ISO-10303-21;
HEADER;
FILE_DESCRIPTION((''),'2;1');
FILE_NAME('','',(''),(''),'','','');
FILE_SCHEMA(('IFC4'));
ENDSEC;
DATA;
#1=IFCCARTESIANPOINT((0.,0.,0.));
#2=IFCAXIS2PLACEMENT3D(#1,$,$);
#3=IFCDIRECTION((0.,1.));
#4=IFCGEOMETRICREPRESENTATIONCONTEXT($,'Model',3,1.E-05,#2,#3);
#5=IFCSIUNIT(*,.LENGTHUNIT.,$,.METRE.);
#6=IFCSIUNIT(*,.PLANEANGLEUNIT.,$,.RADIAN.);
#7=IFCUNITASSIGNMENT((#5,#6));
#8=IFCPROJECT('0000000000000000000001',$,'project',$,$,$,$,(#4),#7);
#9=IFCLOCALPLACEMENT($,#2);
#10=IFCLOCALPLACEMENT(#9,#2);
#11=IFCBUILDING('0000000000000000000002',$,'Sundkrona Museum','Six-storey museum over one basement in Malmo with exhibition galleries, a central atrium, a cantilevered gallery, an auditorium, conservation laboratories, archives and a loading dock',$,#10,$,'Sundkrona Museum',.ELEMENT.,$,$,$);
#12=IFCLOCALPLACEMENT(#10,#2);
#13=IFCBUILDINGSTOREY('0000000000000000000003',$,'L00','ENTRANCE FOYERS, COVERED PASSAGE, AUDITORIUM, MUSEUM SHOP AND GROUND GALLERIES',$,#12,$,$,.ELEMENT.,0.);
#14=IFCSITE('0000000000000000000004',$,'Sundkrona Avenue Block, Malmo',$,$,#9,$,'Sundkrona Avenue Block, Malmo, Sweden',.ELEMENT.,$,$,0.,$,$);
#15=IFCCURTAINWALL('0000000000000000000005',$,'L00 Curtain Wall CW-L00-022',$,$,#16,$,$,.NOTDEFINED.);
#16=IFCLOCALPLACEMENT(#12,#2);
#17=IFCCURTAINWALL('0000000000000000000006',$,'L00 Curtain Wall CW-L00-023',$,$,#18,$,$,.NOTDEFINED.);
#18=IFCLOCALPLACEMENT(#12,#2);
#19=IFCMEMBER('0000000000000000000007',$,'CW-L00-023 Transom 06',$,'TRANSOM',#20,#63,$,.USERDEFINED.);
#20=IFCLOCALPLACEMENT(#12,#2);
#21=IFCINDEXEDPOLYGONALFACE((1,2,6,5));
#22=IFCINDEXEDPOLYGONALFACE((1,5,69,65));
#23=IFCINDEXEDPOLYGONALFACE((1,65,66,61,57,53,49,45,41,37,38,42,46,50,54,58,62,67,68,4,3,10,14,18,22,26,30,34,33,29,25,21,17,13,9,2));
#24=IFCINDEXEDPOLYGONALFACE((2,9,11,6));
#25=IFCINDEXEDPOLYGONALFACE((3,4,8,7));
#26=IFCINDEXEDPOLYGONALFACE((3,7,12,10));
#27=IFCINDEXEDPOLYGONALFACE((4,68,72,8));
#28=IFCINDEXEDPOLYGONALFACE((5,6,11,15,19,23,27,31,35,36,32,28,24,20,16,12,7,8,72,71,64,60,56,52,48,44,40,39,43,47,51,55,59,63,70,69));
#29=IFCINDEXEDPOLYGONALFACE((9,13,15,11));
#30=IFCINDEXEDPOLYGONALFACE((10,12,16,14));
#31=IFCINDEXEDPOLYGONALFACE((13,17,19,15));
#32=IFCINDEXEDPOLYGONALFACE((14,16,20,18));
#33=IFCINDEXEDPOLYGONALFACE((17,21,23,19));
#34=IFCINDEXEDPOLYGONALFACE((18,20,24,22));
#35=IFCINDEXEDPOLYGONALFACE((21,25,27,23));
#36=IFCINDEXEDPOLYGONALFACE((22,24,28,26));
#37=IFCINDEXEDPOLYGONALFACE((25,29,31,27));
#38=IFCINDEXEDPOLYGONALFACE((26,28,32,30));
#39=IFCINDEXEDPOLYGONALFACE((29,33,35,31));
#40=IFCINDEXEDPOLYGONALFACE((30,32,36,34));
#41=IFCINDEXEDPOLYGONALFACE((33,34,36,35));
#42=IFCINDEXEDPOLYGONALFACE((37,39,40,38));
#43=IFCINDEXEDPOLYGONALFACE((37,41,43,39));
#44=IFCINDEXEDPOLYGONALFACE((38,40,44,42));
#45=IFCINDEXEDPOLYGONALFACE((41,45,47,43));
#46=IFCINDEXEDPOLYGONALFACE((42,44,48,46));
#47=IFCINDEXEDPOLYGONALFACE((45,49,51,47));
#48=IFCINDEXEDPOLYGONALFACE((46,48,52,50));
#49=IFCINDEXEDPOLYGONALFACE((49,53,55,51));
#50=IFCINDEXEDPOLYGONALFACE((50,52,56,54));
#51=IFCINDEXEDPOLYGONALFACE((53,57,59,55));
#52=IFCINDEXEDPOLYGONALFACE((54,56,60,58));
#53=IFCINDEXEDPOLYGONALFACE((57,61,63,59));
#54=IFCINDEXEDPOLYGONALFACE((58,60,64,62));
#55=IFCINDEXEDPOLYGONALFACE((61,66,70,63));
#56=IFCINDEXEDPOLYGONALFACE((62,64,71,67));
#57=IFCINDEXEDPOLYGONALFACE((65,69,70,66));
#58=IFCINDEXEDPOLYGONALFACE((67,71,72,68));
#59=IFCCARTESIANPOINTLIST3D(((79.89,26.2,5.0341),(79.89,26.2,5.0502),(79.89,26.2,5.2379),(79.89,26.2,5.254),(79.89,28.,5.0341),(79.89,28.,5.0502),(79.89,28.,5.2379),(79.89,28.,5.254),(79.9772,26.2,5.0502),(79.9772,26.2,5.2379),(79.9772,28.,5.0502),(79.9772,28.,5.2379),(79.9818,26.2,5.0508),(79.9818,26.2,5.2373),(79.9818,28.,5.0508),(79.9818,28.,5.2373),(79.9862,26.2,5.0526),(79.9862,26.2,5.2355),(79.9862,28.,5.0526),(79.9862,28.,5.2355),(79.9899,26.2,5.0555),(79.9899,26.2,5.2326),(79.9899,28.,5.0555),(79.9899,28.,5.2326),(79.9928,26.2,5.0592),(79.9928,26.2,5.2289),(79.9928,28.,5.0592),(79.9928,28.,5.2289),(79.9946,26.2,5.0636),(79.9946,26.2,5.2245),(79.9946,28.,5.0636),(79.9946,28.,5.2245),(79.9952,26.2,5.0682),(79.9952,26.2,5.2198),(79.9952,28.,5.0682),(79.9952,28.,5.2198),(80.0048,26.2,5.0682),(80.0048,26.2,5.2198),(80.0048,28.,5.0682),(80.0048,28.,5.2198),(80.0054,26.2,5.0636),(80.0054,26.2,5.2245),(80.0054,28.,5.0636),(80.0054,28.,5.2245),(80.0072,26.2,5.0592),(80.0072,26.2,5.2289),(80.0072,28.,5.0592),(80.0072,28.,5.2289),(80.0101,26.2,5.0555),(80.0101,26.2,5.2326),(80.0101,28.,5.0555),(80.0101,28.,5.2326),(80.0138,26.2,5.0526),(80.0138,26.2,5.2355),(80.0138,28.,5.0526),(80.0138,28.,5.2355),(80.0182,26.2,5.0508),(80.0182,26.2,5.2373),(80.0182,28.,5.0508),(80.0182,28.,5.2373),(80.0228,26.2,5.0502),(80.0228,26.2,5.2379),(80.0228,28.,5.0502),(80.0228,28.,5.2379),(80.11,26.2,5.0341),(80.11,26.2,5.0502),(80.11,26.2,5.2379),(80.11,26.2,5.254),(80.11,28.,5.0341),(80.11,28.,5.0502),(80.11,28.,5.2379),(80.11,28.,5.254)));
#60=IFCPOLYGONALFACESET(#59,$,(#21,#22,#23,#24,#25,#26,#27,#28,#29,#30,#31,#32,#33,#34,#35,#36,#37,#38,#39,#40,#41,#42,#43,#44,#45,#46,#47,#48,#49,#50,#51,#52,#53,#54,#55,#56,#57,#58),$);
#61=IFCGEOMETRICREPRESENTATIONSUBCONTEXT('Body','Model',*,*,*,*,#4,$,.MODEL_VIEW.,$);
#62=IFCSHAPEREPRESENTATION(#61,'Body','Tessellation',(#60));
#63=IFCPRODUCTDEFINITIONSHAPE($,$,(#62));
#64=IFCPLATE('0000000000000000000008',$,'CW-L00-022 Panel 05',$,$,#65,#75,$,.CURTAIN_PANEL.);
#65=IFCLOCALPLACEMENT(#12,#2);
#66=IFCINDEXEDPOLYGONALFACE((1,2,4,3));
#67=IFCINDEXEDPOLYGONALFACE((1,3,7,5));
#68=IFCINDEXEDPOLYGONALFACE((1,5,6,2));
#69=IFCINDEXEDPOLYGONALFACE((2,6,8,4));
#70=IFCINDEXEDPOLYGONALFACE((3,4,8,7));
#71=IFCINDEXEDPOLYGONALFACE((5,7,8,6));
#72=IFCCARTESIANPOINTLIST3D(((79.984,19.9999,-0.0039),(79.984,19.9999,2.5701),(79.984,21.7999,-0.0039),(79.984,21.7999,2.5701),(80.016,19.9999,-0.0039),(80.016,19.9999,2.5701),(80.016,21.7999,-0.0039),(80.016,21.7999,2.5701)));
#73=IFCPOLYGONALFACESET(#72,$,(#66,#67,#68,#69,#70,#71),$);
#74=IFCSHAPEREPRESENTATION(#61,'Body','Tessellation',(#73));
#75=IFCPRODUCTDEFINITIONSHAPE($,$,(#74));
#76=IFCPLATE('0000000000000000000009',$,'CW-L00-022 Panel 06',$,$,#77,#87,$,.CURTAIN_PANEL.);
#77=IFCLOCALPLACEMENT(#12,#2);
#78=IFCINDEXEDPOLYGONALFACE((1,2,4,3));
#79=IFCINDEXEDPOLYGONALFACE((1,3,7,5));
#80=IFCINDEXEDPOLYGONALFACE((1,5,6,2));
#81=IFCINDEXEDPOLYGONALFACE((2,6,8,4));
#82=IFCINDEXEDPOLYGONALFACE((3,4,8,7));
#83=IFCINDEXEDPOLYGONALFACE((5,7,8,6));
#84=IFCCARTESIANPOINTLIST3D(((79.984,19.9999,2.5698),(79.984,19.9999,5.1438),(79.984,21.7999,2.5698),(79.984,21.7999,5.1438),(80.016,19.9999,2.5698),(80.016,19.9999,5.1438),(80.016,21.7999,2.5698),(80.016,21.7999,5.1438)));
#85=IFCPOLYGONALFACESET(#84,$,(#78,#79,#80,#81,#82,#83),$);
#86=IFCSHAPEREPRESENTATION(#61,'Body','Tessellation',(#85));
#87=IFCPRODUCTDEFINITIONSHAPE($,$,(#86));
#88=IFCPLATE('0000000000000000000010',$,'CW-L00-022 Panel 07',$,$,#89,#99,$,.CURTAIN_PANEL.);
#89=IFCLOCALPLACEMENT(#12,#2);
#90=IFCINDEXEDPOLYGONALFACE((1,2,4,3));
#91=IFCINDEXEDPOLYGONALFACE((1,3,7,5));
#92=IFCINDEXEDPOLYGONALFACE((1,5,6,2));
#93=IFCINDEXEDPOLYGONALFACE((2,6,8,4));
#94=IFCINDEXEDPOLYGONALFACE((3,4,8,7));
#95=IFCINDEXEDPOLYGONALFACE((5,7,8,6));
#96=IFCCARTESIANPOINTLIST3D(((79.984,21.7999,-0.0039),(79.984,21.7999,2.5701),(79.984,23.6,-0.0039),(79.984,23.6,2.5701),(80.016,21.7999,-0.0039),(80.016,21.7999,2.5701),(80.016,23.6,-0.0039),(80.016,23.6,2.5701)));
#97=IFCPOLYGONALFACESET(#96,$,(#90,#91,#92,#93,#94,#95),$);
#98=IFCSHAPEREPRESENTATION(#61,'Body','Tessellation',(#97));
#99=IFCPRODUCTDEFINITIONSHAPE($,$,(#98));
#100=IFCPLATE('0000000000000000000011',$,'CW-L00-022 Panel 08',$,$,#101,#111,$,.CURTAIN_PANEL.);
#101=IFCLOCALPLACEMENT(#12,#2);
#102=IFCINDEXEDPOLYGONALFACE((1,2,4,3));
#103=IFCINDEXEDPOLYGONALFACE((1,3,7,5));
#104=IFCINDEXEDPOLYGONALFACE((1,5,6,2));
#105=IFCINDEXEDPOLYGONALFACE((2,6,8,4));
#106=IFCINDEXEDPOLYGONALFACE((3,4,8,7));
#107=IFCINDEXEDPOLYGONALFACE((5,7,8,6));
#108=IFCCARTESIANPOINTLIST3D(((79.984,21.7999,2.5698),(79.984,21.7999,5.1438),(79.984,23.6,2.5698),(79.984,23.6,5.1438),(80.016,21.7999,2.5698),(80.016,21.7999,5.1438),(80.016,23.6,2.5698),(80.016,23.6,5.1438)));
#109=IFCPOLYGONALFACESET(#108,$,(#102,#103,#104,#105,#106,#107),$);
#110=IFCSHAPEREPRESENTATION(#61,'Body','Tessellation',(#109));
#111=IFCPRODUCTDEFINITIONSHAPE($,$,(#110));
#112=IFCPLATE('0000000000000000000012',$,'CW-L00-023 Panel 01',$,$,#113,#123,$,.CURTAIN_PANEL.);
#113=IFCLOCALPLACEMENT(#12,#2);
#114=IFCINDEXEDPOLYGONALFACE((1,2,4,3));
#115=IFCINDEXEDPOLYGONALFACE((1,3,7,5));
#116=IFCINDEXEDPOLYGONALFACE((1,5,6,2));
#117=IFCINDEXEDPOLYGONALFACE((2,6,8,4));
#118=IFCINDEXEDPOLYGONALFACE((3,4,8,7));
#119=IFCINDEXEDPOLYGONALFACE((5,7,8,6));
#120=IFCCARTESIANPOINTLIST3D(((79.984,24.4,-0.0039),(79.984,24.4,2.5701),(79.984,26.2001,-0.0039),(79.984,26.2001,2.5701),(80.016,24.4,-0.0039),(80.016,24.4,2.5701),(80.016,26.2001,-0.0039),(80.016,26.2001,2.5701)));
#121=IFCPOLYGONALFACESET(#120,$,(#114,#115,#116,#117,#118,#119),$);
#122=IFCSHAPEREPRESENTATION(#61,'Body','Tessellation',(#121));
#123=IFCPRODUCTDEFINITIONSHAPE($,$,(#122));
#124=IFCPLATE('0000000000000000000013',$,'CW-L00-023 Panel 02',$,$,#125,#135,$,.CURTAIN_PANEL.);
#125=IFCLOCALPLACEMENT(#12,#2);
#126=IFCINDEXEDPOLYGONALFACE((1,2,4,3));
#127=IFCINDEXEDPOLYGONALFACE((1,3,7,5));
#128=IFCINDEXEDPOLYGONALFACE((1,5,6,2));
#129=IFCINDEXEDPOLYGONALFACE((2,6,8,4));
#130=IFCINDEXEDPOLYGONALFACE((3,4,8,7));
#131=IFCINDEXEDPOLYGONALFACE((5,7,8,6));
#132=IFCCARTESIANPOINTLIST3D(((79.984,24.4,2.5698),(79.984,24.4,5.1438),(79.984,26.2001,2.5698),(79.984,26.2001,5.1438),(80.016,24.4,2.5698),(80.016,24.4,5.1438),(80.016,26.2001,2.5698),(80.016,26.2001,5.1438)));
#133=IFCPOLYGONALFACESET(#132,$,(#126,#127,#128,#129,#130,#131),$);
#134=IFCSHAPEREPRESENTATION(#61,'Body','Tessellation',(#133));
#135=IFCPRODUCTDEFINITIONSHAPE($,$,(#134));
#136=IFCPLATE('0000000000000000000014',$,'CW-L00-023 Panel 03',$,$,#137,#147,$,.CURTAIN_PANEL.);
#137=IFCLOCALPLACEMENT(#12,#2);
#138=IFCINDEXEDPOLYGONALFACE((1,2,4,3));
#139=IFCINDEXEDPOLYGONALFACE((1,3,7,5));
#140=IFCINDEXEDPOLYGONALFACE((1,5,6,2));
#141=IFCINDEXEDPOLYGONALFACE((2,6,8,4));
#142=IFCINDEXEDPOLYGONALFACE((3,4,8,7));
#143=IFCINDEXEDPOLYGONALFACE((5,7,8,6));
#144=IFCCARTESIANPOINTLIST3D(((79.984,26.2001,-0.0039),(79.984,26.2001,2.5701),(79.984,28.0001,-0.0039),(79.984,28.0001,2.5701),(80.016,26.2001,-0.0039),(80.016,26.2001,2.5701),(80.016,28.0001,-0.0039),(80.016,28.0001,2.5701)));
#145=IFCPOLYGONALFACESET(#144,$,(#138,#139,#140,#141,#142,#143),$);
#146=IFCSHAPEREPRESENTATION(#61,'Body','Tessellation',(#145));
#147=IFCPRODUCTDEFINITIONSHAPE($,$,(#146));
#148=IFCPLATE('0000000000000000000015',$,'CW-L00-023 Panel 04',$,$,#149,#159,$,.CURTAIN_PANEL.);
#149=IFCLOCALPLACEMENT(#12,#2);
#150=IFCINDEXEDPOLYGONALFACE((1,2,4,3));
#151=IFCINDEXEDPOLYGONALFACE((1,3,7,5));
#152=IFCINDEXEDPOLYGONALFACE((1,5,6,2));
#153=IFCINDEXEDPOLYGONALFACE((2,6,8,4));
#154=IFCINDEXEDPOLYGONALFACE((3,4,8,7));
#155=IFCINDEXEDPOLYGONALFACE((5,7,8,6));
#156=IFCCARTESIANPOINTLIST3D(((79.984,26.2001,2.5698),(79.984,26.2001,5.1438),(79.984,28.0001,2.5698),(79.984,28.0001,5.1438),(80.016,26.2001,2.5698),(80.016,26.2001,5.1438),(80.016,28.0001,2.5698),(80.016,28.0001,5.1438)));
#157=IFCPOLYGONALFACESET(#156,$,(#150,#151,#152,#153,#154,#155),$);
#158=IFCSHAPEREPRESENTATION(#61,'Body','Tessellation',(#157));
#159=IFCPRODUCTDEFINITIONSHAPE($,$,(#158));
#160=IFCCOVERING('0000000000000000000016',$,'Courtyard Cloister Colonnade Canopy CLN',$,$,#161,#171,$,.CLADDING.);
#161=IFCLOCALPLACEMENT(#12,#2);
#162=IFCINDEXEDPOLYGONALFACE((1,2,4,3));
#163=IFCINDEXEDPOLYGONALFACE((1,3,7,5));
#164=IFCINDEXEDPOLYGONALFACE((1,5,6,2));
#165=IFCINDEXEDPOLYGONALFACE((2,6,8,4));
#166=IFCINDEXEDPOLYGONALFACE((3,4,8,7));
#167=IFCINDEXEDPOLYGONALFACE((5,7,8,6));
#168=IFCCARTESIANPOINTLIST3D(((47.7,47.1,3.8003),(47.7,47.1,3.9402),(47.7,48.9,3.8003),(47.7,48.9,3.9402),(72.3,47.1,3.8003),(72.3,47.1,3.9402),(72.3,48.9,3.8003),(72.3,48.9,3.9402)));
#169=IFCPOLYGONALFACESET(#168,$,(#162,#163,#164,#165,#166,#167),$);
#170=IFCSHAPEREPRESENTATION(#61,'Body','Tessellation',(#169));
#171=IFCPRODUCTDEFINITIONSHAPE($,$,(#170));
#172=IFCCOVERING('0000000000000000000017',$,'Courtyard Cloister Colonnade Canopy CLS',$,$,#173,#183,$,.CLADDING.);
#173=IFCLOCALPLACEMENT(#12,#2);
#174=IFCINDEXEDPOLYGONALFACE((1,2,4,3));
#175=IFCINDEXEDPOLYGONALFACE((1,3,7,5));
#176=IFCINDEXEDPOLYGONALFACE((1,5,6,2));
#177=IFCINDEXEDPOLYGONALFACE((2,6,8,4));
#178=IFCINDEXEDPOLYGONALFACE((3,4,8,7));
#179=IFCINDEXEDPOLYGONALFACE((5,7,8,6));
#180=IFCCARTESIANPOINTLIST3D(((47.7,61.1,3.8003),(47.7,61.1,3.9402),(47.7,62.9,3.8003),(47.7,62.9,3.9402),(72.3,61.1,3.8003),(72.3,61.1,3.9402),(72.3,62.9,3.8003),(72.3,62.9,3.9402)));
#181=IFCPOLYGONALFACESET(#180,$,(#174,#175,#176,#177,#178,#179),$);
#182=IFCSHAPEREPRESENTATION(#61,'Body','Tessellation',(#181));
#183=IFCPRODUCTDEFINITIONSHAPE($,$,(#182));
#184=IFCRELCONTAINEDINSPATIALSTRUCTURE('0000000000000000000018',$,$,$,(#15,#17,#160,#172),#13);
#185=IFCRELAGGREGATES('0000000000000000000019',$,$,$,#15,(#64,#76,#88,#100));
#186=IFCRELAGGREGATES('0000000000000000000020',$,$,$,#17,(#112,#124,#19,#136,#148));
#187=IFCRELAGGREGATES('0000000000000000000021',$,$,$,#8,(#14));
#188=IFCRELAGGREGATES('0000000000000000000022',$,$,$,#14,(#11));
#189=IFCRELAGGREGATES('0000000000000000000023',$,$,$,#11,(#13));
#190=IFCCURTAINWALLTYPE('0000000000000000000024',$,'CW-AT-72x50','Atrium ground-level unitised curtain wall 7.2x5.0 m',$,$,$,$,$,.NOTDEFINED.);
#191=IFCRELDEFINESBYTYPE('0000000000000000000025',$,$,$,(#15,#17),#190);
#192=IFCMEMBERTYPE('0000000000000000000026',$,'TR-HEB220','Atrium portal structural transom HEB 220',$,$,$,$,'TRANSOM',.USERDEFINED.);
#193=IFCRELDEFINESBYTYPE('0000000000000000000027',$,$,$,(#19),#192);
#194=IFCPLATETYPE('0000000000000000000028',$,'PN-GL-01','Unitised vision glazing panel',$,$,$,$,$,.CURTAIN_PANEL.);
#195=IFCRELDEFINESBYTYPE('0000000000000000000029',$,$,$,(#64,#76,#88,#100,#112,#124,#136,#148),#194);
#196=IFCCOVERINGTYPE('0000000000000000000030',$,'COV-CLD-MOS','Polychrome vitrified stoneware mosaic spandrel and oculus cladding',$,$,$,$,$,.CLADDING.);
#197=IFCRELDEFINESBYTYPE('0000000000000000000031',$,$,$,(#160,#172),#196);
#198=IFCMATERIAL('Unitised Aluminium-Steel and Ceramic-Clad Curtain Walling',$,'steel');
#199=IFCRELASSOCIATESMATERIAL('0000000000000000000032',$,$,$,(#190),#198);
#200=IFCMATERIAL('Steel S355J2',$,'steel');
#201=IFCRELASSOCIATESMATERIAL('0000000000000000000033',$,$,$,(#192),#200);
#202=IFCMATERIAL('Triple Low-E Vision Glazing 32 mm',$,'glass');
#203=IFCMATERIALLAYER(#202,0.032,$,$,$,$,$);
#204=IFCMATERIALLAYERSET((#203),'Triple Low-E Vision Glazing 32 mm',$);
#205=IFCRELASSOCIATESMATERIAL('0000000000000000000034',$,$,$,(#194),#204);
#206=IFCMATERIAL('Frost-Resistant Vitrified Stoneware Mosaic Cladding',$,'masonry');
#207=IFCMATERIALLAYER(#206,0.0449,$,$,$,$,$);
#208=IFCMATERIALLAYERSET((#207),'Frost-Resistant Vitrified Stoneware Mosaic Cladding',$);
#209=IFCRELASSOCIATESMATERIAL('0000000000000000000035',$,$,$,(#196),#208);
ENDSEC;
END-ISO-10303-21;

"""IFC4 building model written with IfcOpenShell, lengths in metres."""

from ifc_helpers import new_model, si_unit, direction, frame, origin, origin_2d, place, context, subcontext, project, spatial, rectangle, i_section, extrude, material, layer, layer_set, material_profile, profile_set, type_object, element, aggregate, save


model = new_model("IFC4")

# Units and contexts
model_context = context("Model", 3, precision=1e-05, world=origin(), true_north=direction((0.0, 1.0)))
body_context = subcontext(model_context, "Body", "Model", "MODEL_VIEW")
ifc_project = project(units=[si_unit("LENGTHUNIT", "METRE"), si_unit("PLANEANGLEUNIT", "RADIAN")], contexts=[model_context])

# Site, building, storey
site_placement = place(None, origin())
site = spatial("IfcSite", under=ifc_project, at=site_placement, Name="Sundkrona Avenue Block, Malmo", LongName="Sundkrona Avenue Block, Malmo, Sweden", CompositionType="ELEMENT", RefElevation=0.0)
building_placement = place(site_placement, origin())
building = spatial("IfcBuilding", under=site, at=building_placement, Name="Sundkrona Museum", Description="Six-storey museum over one basement in Malmo with exhibition galleries, a central atrium, a cantilevered gallery, an auditorium, conservation laboratories, archives and a loading dock", LongName="Sundkrona Museum", CompositionType="ELEMENT")
storey_placement = place(building_placement, origin())
storey = spatial("IfcBuildingStorey", under=building, at=storey_placement, Name="L00", Description="ENTRANCE FOYERS, COVERED PASSAGE, AUDITORIUM, MUSEUM SHOP AND GROUND GALLERIES", CompositionType="ELEMENT", Elevation=0.0)

# Shared definitions
ifc_material_1 = material(Name="Steel S355J2", Category="steel")

# Curtain walls
ifc_material_2 = material(Name="Unitised Aluminium-Steel and Ceramic-Clad Curtain Walling", Category="steel")
curtain_wall_type = type_object("IfcCurtainWallType", Name="CW-AT-72x50", Description="Atrium ground-level unitised curtain wall 7.2x5.0 m", PredefinedType="NOTDEFINED", material=ifc_material_2)
curtain_wall_1_placement = place(storey_placement, origin())
curtain_wall_1 = element("IfcCurtainWall", 1, at=curtain_wall_1_placement, inside=storey, type_object=curtain_wall_type, Name="L00 Curtain Wall CW-L00-022", PredefinedType="NOTDEFINED")
curtain_wall_2_placement = place(storey_placement, origin())
curtain_wall_2 = element("IfcCurtainWall", 2, at=curtain_wall_2_placement, inside=storey, type_object=curtain_wall_type, Name="L00 Curtain Wall CW-L00-023", PredefinedType="NOTDEFINED")

# Member
ifc_material_profile_1 = material_profile(ifc_material_1, i_section(OverallWidth=0.22, OverallDepth=0.22, WebThickness=0.0095, FlangeThickness=0.0161, FilletRadius=0.0181, at=origin_2d()), Name="HEB 220")
ifc_profile_set_1 = profile_set([ifc_material_profile_1], Name="Steel S355J2")
member_type_1 = type_object("IfcMemberType", Name="TR-HEB220", Description="Atrium portal structural transom HEB 220", ElementType="TRANSOM", PredefinedType="USERDEFINED", material=ifc_profile_set_1)
member_1_placement = place(storey_placement, frame((80.0, 26.2, 5.144), z_axis=(0.0, 1.0, 0.0), x_axis=(-1.0, 0.0, 0.0)))
member_1 = element("IfcMember", 3, at=member_1_placement, type_object=member_type_1, Name="CW-L00-023 Transom 06", ObjectType="TRANSOM", PredefinedType="USERDEFINED", context=body_context, shape_type="SweptSolid", body=[
    extrude(i_section(OverallWidth=0.22, OverallDepth=0.22, WebThickness=0.0095, FlangeThickness=0.0161, FilletRadius=0.0181, at=origin_2d()), origin(), (0.0, 0.0, 1.0), 1.8),
])

# Plates
ifc_material_3 = material(Name="Triple Low-E Vision Glazing 32 mm", Category="glass")
ifc_layer_1 = layer(ifc_material_3, 0.032)
ifc_layer_set_1 = layer_set([ifc_layer_1], Name="Triple Low-E Vision Glazing 32 mm")
plate_type = type_object("IfcPlateType", Name="PN-GL-01", Description="Unitised vision glazing panel", PredefinedType="CURTAIN_PANEL", material=ifc_layer_set_1)
plate_1_placement = place(storey_placement, frame((80.0, 20.8999, -0.0039), z_axis=(0.0, 0.0, 1.0), x_axis=(0.0, 1.0, 0.0)))
plate_1 = element("IfcPlate", 4, at=plate_1_placement, type_object=plate_type, Name="CW-L00-022 Panel 05", PredefinedType="CURTAIN_PANEL", context=body_context, shape_type="SweptSolid", body=[
    extrude(rectangle(XDim=1.8, YDim=0.032, at=origin_2d()), origin(), (0.0, 0.0, 1.0), 2.574),
])
plate_2_placement = place(storey_placement, frame((80.0, 20.8999, 2.5698), z_axis=(0.0, 0.0, 1.0), x_axis=(0.0, 1.0, 0.0)))
plate_2 = element("IfcPlate", 5, at=plate_2_placement, type_object=plate_type, Name="CW-L00-022 Panel 06", PredefinedType="CURTAIN_PANEL", context=body_context, shape_type="SweptSolid", body=[
    extrude(rectangle(XDim=1.8, YDim=0.032, at=origin_2d()), origin(), (0.0, 0.0, 1.0), 2.574),
])
plate_3_placement = place(storey_placement, frame((80.0, 22.7, -0.0039), z_axis=(0.0, 0.0, 1.0), x_axis=(0.0, 1.0, 0.0)))
plate_3 = element("IfcPlate", 6, at=plate_3_placement, type_object=plate_type, Name="CW-L00-022 Panel 07", PredefinedType="CURTAIN_PANEL", context=body_context, shape_type="SweptSolid", body=[
    extrude(rectangle(XDim=1.8, YDim=0.032, at=origin_2d()), origin(), (0.0, 0.0, 1.0), 2.574),
])
plate_4_placement = place(storey_placement, frame((80.0, 22.7, 2.5698), z_axis=(0.0, 0.0, 1.0), x_axis=(0.0, 1.0, 0.0)))
plate_4 = element("IfcPlate", 7, at=plate_4_placement, type_object=plate_type, Name="CW-L00-022 Panel 08", PredefinedType="CURTAIN_PANEL", context=body_context, shape_type="SweptSolid", body=[
    extrude(rectangle(XDim=1.8, YDim=0.032, at=origin_2d()), origin(), (0.0, 0.0, 1.0), 2.574),
])
aggregate(curtain_wall_1, [plate_1, plate_2, plate_3, plate_4])
plate_5_placement = place(storey_placement, frame((80.0, 25.3, -0.0039), z_axis=(0.0, 0.0, 1.0), x_axis=(0.0, 1.0, 0.0)))
plate_5 = element("IfcPlate", 8, at=plate_5_placement, type_object=plate_type, Name="CW-L00-023 Panel 01", PredefinedType="CURTAIN_PANEL", context=body_context, shape_type="SweptSolid", body=[
    extrude(rectangle(XDim=1.8, YDim=0.032, at=origin_2d()), origin(), (0.0, 0.0, 1.0), 2.574),
])
plate_6_placement = place(storey_placement, frame((80.0, 25.3, 2.5698), z_axis=(0.0, 0.0, 1.0), x_axis=(0.0, 1.0, 0.0)))
plate_6 = element("IfcPlate", 9, at=plate_6_placement, type_object=plate_type, Name="CW-L00-023 Panel 02", PredefinedType="CURTAIN_PANEL", context=body_context, shape_type="SweptSolid", body=[
    extrude(rectangle(XDim=1.8, YDim=0.032, at=origin_2d()), origin(), (0.0, 0.0, 1.0), 2.574),
])
plate_7_placement = place(storey_placement, frame((80.0, 27.1001, -0.0039), z_axis=(0.0, 0.0, 1.0), x_axis=(0.0, 1.0, 0.0)))
plate_7 = element("IfcPlate", 10, at=plate_7_placement, type_object=plate_type, Name="CW-L00-023 Panel 03", PredefinedType="CURTAIN_PANEL", context=body_context, shape_type="SweptSolid", body=[
    extrude(rectangle(XDim=1.8, YDim=0.032, at=origin_2d()), origin(), (0.0, 0.0, 1.0), 2.574),
])
plate_8_placement = place(storey_placement, frame((80.0, 27.1001, 2.5698), z_axis=(0.0, 0.0, 1.0), x_axis=(0.0, 1.0, 0.0)))
plate_8 = element("IfcPlate", 11, at=plate_8_placement, type_object=plate_type, Name="CW-L00-023 Panel 04", PredefinedType="CURTAIN_PANEL", context=body_context, shape_type="SweptSolid", body=[
    extrude(rectangle(XDim=1.8, YDim=0.032, at=origin_2d()), origin(), (0.0, 0.0, 1.0), 2.574),
])
aggregate(curtain_wall_2, [plate_5, plate_6, member_1, plate_7, plate_8])

# Coverings
ifc_material_4 = material(Name="Frost-Resistant Vitrified Stoneware Mosaic Cladding", Category="masonry")
ifc_layer_2 = layer(ifc_material_4, 0.0449)
ifc_layer_set_2 = layer_set([ifc_layer_2], Name="Frost-Resistant Vitrified Stoneware Mosaic Cladding")
covering_type = type_object("IfcCoveringType", Name="COV-CLD-MOS", Description="Polychrome vitrified stoneware mosaic spandrel and oculus cladding", PredefinedType="CLADDING", material=ifc_layer_set_2)
for number, where, z_axis, x_axis, name in (
    (12, (60.0, 48.0, 3.8003), (0.0, 0.0, 1.0), (1.0, 0.0, 0.0), "Courtyard Cloister Colonnade Canopy CLN"),
    (13, (60.0, 62.0, 3.8003), (0.0, 0.0, 1.0), (1.0, 0.0, 0.0), "Courtyard Cloister Colonnade Canopy CLS"),
):
    element("IfcCovering", number, at=place(storey_placement, frame(where, z_axis=z_axis, x_axis=x_axis)), inside=storey, type_object=covering_type, Name=name, PredefinedType="CLADDING", context=body_context, shape_type="SweptSolid", body=[
        extrude(rectangle(XDim=24.6001, YDim=1.8, at=origin_2d()), origin(), (0.0, 0.0, 1.0), 0.1399),
    ])

save(model, "model.ifc")
